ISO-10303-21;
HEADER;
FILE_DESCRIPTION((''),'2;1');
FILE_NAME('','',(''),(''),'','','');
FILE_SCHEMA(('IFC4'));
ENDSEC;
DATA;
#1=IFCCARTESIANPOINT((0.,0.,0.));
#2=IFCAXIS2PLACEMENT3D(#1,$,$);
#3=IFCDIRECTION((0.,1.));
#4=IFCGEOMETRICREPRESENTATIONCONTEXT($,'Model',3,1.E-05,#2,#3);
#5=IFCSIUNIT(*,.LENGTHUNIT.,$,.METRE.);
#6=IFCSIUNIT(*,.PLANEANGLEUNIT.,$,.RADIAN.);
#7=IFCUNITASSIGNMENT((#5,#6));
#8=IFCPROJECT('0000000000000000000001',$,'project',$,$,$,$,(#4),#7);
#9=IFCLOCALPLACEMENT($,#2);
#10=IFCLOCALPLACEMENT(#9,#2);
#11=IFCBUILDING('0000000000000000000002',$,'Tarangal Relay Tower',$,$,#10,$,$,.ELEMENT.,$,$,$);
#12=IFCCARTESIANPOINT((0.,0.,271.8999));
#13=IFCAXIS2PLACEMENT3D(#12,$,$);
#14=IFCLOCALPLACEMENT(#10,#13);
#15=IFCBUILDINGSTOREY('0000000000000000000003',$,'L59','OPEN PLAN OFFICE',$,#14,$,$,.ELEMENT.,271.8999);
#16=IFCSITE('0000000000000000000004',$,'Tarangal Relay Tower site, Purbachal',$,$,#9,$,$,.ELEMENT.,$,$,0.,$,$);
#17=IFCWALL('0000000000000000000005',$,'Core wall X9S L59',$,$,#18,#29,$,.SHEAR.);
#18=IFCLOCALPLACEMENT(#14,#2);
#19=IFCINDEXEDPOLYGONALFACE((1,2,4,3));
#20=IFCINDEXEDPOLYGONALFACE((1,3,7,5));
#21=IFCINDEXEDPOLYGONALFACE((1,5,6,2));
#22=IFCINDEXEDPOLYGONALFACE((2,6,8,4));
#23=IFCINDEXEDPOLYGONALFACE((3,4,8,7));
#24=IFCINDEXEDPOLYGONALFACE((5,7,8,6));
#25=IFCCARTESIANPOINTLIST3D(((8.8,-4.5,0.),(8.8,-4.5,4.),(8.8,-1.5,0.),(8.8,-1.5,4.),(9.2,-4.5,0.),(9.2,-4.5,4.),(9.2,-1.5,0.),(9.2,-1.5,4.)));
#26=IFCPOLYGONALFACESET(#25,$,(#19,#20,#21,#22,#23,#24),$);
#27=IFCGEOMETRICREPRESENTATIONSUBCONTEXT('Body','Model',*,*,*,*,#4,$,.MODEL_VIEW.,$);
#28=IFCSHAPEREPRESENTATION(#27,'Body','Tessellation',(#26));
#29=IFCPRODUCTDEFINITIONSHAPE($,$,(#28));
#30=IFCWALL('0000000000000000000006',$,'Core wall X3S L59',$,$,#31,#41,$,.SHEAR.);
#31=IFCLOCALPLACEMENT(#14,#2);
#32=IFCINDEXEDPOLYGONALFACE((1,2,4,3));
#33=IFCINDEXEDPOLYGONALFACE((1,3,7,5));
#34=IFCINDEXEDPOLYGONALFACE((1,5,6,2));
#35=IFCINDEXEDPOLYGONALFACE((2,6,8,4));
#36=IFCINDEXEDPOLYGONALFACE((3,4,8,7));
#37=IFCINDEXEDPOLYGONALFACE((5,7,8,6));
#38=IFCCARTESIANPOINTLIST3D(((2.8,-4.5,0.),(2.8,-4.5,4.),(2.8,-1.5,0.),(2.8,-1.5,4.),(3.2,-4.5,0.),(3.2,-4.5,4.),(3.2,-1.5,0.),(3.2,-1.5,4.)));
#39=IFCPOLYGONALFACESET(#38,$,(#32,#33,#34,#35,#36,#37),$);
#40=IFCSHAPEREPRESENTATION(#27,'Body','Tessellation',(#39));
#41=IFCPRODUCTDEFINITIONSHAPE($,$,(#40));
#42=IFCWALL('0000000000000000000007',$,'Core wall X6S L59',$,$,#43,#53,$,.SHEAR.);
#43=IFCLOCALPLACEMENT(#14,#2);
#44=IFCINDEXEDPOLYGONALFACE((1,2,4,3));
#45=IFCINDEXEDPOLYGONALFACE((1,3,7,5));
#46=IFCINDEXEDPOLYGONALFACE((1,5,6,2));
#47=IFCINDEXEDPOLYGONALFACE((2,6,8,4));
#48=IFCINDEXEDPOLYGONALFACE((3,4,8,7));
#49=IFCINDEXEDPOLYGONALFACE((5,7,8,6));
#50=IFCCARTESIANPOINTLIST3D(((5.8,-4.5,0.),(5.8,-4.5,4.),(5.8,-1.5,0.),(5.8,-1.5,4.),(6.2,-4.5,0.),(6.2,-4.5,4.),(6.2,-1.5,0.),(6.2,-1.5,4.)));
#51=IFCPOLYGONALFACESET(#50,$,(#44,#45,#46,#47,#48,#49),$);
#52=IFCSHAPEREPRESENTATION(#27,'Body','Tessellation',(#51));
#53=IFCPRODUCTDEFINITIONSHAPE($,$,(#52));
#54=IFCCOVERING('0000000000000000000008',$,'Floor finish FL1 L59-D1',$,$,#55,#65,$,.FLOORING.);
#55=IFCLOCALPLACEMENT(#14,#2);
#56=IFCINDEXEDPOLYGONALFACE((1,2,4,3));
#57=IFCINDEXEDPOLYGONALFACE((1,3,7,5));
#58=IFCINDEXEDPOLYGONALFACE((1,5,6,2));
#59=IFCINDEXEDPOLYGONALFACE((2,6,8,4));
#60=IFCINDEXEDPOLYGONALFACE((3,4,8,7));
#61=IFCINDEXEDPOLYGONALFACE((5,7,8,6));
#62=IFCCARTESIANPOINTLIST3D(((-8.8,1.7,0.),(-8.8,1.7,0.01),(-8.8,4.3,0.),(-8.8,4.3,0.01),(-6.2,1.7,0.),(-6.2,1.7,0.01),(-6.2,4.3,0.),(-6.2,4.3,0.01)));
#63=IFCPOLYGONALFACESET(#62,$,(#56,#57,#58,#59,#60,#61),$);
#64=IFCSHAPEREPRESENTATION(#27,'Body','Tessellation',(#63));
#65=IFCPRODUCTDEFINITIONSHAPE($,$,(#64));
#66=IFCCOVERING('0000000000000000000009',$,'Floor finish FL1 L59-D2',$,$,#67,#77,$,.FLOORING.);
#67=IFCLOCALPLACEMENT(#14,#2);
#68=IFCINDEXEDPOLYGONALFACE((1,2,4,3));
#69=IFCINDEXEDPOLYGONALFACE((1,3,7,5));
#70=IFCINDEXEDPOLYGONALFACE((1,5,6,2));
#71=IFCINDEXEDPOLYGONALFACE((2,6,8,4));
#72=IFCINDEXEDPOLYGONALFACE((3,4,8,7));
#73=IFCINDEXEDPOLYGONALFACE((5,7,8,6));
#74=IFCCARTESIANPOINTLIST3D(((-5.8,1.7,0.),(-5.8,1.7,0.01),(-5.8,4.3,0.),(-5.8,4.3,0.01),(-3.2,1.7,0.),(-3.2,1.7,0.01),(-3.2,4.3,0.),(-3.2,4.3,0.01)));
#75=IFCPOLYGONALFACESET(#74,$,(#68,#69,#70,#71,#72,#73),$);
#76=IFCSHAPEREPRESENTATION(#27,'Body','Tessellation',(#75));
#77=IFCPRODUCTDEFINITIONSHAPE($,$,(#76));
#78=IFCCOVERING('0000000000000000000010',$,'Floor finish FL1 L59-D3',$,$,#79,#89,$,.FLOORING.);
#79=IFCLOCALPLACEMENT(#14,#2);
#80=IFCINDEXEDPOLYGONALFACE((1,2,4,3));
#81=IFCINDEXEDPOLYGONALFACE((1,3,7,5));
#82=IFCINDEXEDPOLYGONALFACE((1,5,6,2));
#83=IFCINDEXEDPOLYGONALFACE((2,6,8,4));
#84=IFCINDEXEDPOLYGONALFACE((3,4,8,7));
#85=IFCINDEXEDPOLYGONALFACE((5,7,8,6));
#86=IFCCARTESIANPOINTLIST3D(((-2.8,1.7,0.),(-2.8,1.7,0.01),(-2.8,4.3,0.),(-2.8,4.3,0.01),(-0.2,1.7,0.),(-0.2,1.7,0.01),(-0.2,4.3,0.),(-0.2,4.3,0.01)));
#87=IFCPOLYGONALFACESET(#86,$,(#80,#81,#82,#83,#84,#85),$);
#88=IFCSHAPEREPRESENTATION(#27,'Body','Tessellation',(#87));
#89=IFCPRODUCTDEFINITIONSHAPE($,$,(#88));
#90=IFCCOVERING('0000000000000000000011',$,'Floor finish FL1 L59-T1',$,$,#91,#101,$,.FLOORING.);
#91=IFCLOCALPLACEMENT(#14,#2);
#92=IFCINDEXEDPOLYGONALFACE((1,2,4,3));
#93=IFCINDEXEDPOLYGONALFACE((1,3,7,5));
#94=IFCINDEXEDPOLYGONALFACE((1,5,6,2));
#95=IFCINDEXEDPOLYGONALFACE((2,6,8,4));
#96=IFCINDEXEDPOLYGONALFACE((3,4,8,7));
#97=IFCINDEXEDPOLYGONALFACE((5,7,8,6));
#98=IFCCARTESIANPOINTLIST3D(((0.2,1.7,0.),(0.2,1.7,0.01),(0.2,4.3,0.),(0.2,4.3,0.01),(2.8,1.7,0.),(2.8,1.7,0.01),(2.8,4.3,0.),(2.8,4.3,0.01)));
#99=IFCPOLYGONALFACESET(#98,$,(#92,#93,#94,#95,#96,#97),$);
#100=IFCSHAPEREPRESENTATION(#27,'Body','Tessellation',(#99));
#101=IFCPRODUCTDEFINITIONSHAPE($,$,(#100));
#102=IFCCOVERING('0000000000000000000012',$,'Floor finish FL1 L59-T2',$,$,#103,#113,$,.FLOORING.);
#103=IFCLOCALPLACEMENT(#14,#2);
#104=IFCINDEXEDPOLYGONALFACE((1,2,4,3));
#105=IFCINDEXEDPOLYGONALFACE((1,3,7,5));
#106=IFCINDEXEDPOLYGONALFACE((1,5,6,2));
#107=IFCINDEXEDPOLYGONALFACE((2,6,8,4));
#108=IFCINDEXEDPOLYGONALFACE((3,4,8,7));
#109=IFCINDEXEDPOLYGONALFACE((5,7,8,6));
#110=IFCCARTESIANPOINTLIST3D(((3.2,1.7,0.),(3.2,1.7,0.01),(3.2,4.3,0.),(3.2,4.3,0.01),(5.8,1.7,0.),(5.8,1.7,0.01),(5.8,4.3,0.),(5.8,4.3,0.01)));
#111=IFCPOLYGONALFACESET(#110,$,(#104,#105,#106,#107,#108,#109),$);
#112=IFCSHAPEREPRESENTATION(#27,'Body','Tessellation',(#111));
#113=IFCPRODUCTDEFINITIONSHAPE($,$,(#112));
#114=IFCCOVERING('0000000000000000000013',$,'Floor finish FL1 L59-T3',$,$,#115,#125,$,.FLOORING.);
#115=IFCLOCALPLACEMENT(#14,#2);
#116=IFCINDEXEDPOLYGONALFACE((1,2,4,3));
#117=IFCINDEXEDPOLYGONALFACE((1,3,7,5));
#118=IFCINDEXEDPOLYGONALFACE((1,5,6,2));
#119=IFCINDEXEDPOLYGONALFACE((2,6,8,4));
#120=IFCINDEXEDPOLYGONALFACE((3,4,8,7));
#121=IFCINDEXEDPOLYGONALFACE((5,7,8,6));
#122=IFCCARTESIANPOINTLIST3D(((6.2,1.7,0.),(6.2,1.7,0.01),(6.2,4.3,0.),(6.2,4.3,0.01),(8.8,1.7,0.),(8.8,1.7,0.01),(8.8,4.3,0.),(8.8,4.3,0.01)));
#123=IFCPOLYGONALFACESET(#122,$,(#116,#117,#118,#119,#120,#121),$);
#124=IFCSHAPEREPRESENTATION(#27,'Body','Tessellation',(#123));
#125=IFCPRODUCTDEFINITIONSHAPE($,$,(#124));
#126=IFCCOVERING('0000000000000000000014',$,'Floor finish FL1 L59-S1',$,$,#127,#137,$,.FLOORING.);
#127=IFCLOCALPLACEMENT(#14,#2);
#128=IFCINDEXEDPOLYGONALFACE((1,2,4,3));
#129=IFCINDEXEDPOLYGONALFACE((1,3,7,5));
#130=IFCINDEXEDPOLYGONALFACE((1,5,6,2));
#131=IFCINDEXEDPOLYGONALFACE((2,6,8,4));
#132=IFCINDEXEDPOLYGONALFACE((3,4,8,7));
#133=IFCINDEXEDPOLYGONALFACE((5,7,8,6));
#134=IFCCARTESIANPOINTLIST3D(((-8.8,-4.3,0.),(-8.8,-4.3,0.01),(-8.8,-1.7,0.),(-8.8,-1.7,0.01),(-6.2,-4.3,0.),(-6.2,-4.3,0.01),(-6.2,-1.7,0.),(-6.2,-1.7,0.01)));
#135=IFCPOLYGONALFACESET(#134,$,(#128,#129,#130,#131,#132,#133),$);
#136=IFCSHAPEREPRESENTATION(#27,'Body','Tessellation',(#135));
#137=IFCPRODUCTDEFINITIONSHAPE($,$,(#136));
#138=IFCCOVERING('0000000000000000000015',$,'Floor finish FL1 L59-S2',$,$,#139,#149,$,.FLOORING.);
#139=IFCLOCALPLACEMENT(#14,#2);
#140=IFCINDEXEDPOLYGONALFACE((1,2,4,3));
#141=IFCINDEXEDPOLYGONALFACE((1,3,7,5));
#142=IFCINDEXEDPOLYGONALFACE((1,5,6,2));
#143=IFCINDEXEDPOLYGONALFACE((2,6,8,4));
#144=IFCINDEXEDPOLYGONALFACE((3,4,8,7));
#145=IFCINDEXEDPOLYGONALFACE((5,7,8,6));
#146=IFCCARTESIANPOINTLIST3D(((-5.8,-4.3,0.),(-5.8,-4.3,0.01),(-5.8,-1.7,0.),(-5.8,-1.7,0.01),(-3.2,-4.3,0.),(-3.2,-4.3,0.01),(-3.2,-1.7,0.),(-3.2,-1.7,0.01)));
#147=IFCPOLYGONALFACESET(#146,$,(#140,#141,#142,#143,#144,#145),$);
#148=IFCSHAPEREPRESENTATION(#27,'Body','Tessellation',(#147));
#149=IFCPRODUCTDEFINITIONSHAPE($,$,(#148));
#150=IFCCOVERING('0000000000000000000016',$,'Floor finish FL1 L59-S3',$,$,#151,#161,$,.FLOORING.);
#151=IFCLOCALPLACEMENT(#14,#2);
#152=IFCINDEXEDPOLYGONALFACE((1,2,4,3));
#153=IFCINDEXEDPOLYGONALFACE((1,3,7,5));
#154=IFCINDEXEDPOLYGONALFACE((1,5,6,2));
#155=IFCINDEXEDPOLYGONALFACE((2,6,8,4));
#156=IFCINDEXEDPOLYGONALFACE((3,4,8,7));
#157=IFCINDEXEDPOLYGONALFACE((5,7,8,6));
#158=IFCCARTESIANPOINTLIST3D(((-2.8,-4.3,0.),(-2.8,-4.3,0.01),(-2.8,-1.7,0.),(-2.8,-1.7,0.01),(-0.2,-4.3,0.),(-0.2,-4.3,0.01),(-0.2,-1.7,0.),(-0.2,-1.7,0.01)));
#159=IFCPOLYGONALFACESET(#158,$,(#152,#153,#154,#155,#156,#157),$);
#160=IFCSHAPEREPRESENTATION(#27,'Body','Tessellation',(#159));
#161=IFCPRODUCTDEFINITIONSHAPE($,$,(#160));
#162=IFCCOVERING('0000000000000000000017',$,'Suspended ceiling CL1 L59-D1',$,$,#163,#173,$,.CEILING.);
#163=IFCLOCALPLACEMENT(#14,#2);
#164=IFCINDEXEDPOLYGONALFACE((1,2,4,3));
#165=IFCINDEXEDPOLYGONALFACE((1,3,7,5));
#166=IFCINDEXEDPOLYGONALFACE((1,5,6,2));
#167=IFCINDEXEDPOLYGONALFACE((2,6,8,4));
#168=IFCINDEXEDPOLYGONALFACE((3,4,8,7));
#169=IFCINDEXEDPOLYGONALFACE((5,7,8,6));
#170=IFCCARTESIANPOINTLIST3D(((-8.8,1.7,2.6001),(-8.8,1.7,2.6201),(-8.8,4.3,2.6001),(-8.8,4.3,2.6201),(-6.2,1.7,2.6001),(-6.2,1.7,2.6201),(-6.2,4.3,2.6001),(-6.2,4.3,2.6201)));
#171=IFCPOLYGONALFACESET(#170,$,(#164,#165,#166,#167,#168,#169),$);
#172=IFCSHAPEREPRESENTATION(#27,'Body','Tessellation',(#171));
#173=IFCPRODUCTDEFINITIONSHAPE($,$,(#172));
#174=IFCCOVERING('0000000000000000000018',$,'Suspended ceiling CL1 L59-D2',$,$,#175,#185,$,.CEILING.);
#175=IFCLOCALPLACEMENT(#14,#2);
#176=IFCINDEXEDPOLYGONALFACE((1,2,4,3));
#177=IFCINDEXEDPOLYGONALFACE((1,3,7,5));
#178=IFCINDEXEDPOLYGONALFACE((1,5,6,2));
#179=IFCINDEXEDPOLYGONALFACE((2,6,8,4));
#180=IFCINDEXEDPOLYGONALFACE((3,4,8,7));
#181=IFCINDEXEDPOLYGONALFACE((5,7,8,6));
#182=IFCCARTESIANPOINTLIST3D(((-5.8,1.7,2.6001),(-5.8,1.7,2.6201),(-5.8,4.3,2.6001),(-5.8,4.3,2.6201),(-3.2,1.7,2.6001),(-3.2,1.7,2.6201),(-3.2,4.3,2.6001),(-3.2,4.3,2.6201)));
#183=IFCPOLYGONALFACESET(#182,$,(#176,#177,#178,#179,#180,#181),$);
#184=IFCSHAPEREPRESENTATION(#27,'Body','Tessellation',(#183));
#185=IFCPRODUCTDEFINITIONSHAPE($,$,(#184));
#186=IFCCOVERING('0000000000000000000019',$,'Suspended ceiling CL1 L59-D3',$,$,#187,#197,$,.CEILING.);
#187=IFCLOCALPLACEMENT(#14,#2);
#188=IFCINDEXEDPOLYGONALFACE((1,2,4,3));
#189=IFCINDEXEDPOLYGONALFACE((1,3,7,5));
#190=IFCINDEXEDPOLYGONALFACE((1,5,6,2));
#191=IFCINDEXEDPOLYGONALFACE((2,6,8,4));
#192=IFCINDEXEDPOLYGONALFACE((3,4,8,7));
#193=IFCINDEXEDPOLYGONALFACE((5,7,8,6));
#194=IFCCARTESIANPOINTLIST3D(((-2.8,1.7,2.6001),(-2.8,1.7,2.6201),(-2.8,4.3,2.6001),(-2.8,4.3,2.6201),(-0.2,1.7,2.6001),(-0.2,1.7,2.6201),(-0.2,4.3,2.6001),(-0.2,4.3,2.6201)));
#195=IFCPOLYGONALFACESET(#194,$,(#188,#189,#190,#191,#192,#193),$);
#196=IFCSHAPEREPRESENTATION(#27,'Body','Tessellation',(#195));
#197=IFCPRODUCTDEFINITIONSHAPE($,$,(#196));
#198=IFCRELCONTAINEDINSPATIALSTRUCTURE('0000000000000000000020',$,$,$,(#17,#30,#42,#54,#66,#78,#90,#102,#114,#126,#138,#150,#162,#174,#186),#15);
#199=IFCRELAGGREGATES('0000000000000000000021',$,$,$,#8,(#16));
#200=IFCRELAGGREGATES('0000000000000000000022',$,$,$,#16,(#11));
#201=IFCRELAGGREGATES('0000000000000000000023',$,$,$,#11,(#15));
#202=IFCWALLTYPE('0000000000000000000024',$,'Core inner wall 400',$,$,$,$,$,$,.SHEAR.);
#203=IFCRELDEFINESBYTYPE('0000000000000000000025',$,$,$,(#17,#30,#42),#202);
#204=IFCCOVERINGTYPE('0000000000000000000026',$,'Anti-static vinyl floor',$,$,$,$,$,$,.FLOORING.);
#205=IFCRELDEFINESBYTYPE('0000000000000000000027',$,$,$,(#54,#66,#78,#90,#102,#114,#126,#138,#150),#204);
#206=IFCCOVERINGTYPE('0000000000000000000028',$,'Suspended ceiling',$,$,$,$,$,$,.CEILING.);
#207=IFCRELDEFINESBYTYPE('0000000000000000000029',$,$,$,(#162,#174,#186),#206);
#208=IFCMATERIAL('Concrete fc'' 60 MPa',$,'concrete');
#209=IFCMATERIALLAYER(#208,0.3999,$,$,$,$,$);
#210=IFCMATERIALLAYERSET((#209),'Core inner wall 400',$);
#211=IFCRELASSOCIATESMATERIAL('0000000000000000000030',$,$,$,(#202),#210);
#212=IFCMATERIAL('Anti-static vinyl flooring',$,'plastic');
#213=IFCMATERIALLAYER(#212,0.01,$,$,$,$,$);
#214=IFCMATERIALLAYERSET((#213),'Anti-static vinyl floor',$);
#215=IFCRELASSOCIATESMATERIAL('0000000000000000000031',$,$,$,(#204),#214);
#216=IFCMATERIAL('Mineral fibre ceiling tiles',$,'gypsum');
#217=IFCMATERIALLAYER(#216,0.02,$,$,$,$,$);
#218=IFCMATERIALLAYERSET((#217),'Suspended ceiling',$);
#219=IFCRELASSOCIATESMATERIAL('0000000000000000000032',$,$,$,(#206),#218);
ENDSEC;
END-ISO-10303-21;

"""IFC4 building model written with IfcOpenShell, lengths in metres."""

from ifc_helpers import new_model, si_unit, direction, frame, frame_2d, origin, place, context, subcontext, project, spatial, polyline, rectangle, outline, extrude, material, layer, layer_set, type_object, element, save


model = new_model("IFC4")

# Units and contexts
model_context = context("Model", 3, precision=1e-05, world=origin(), true_north=direction((0.0, 1.0)))
body_context = subcontext(model_context, "Body", "Model", "MODEL_VIEW")
ifc_project = project(units=[si_unit("LENGTHUNIT", "METRE"), si_unit("PLANEANGLEUNIT", "RADIAN")], contexts=[model_context])

# Site, building, storey
site_placement = place(None, origin())
site = spatial("IfcSite", under=ifc_project, at=site_placement, Name="Tarangal Relay Tower site, Purbachal", CompositionType="ELEMENT", RefElevation=0.0)
building_placement = place(site_placement, origin())
building = spatial("IfcBuilding", under=site, at=building_placement, Name="Tarangal Relay Tower", CompositionType="ELEMENT")
storey_placement = place(building_placement, frame((0.0, 0.0, 271.8999)))
storey = spatial("IfcBuildingStorey", under=building, at=storey_placement, Name="L59", Description="OPEN PLAN OFFICE", CompositionType="ELEMENT", Elevation=271.8999)

# Walls
ifc_material_1 = material(Name="Concrete fc' 60 MPa", Category="concrete")
ifc_layer_1 = layer(ifc_material_1, 0.3999)
ifc_layer_set_1 = layer_set([ifc_layer_1], Name="Core inner wall 400")
wall_type = type_object("IfcWallType", Name="Core inner wall 400", PredefinedType="SHEAR", material=ifc_layer_set_1)
for number, where, z_axis, x_axis, name in (
    (1, (9.0, -4.5, 0.0), (0.0, 0.0, 1.0), (0.0, 1.0, 0.0), "Core wall X9S L59"),
    (2, (3.0, -4.5, 0.0), (0.0, 0.0, 1.0), (0.0, 1.0, 0.0), "Core wall X3S L59"),
    (3, (6.0, -4.5, 0.0), (0.0, 0.0, 1.0), (0.0, 1.0, 0.0), "Core wall X6S L59"),
):
    element("IfcWall", number, at=place(storey_placement, frame(where, z_axis=z_axis, x_axis=x_axis)), inside=storey, type_object=wall_type, Name=name, PredefinedType="SHEAR", context=body_context, shape_type="SweptSolid", body=[
        extrude(rectangle(XDim=3.0, YDim=0.3999, at=frame_2d((1.5, 0.0))), origin(), (0.0, 0.0, 1.0), 4.0),
    ])

# Coverings
ifc_material_2 = material(Name="Anti-static vinyl flooring", Category="plastic")
ifc_layer_2 = layer(ifc_material_2, 0.01)
ifc_layer_set_2 = layer_set([ifc_layer_2], Name="Anti-static vinyl floor")
covering_type_1 = type_object("IfcCoveringType", Name="Anti-static vinyl floor", PredefinedType="FLOORING", material=ifc_layer_set_2)
covering_1_placement = place(storey_placement, origin())
element("IfcCovering", 4, at=covering_1_placement, inside=storey, type_object=covering_type_1, Name="Floor finish FL1 L59-D1", PredefinedType="FLOORING", context=body_context, shape_type="SweptSolid", body=[
    extrude(outline(polyline([(-8.8, 1.7), (-6.2, 1.7), (-6.2, 4.3), (-8.8, 4.3), (-8.8, 1.7)])), origin(), (0.0, 0.0, 1.0), 0.01),
])
covering_2_placement = place(storey_placement, origin())
element("IfcCovering", 5, at=covering_2_placement, inside=storey, type_object=covering_type_1, Name="Floor finish FL1 L59-D2", PredefinedType="FLOORING", context=body_context, shape_type="SweptSolid", body=[
    extrude(outline(polyline([(-5.8, 1.7), (-3.2, 1.7), (-3.2, 4.3), (-5.8, 4.3), (-5.8, 1.7)])), origin(), (0.0, 0.0, 1.0), 0.01),
])
covering_3_placement = place(storey_placement, origin())
element("IfcCovering", 6, at=covering_3_placement, inside=storey, type_object=covering_type_1, Name="Floor finish FL1 L59-D3", PredefinedType="FLOORING", context=body_context, shape_type="SweptSolid", body=[
    extrude(outline(polyline([(-2.8, 1.7), (-0.2, 1.7), (-0.2, 4.3), (-2.8, 4.3), (-2.8, 1.7)])), origin(), (0.0, 0.0, 1.0), 0.01),
])
covering_4_placement = place(storey_placement, origin())
element("IfcCovering", 7, at=covering_4_placement, inside=storey, type_object=covering_type_1, Name="Floor finish FL1 L59-T1", PredefinedType="FLOORING", context=body_context, shape_type="SweptSolid", body=[
    extrude(outline(polyline([(0.2, 1.7), (2.8, 1.7), (2.8, 4.3), (0.2, 4.3), (0.2, 1.7)])), origin(), (0.0, 0.0, 1.0), 0.01),
])
covering_5_placement = place(storey_placement, origin())
element("IfcCovering", 8, at=covering_5_placement, inside=storey, type_object=covering_type_1, Name="Floor finish FL1 L59-T2", PredefinedType="FLOORING", context=body_context, shape_type="SweptSolid", body=[
    extrude(outline(polyline([(3.2, 1.7), (5.8, 1.7), (5.8, 4.3), (3.2, 4.3), (3.2, 1.7)])), origin(), (0.0, 0.0, 1.0), 0.01),
])
covering_6_placement = place(storey_placement, origin())
element("IfcCovering", 9, at=covering_6_placement, inside=storey, type_object=covering_type_1, Name="Floor finish FL1 L59-T3", PredefinedType="FLOORING", context=body_context, shape_type="SweptSolid", body=[
    extrude(outline(polyline([(6.2, 1.7), (8.8, 1.7), (8.8, 4.3), (6.2, 4.3), (6.2, 1.7)])), origin(), (0.0, 0.0, 1.0), 0.01),
])
covering_7_placement = place(storey_placement, origin())
element("IfcCovering", 10, at=covering_7_placement, inside=storey, type_object=covering_type_1, Name="Floor finish FL1 L59-S1", PredefinedType="FLOORING", context=body_context, shape_type="SweptSolid", body=[
    extrude(outline(polyline([(-8.8, -4.3), (-6.2, -4.3), (-6.2, -1.7), (-8.8, -1.7), (-8.8, -4.3)])), origin(), (0.0, 0.0, 1.0), 0.01),
])
covering_8_placement = place(storey_placement, origin())
element("IfcCovering", 11, at=covering_8_placement, inside=storey, type_object=covering_type_1, Name="Floor finish FL1 L59-S2", PredefinedType="FLOORING", context=body_context, shape_type="SweptSolid", body=[
    extrude(outline(polyline([(-5.8, -4.3), (-3.2, -4.3), (-3.2, -1.7), (-5.8, -1.7), (-5.8, -4.3)])), origin(), (0.0, 0.0, 1.0), 0.01),
])
covering_9_placement = place(storey_placement, origin())
element("IfcCovering", 12, at=covering_9_placement, inside=storey, type_object=covering_type_1, Name="Floor finish FL1 L59-S3", PredefinedType="FLOORING", context=body_context, shape_type="SweptSolid", body=[
    extrude(outline(polyline([(-2.8, -4.3), (-0.2, -4.3), (-0.2, -1.7), (-2.8, -1.7), (-2.8, -4.3)])), origin(), (0.0, 0.0, 1.0), 0.01),
])
ifc_material_3 = material(Name="Mineral fibre ceiling tiles", Category="gypsum")
ifc_layer_3 = layer(ifc_material_3, 0.02)
ifc_layer_set_3 = layer_set([ifc_layer_3], Name="Suspended ceiling")
covering_type_2 = type_object("IfcCoveringType", Name="Suspended ceiling", PredefinedType="CEILING", material=ifc_layer_set_3)
covering_10_placement = place(storey_placement, frame((0.0, 0.0, 2.6001)))
element("IfcCovering", 13, at=covering_10_placement, inside=storey, type_object=covering_type_2, Name="Suspended ceiling CL1 L59-D1", PredefinedType="CEILING", context=body_context, shape_type="SweptSolid", body=[
    extrude(outline(polyline([(-8.8, 1.7), (-6.2, 1.7), (-6.2, 4.3), (-8.8, 4.3), (-8.8, 1.7)])), origin(), (0.0, 0.0, 1.0), 0.02),
])
covering_11_placement = place(storey_placement, frame((0.0, 0.0, 2.6001)))
element("IfcCovering", 14, at=covering_11_placement, inside=storey, type_object=covering_type_2, Name="Suspended ceiling CL1 L59-D2", PredefinedType="CEILING", context=body_context, shape_type="SweptSolid", body=[
    extrude(outline(polyline([(-5.8, 1.7), (-3.2, 1.7), (-3.2, 4.3), (-5.8, 4.3), (-5.8, 1.7)])), origin(), (0.0, 0.0, 1.0), 0.02),
])
covering_12_placement = place(storey_placement, frame((0.0, 0.0, 2.6001)))
element("IfcCovering", 15, at=covering_12_placement, inside=storey, type_object=covering_type_2, Name="Suspended ceiling CL1 L59-D3", PredefinedType="CEILING", context=body_context, shape_type="SweptSolid", body=[
    extrude(outline(polyline([(-2.8, 1.7), (-0.2, 1.7), (-0.2, 4.3), (-2.8, 4.3), (-2.8, 1.7)])), origin(), (0.0, 0.0, 1.0), 0.02),
])

save(model, "model.ifc")
